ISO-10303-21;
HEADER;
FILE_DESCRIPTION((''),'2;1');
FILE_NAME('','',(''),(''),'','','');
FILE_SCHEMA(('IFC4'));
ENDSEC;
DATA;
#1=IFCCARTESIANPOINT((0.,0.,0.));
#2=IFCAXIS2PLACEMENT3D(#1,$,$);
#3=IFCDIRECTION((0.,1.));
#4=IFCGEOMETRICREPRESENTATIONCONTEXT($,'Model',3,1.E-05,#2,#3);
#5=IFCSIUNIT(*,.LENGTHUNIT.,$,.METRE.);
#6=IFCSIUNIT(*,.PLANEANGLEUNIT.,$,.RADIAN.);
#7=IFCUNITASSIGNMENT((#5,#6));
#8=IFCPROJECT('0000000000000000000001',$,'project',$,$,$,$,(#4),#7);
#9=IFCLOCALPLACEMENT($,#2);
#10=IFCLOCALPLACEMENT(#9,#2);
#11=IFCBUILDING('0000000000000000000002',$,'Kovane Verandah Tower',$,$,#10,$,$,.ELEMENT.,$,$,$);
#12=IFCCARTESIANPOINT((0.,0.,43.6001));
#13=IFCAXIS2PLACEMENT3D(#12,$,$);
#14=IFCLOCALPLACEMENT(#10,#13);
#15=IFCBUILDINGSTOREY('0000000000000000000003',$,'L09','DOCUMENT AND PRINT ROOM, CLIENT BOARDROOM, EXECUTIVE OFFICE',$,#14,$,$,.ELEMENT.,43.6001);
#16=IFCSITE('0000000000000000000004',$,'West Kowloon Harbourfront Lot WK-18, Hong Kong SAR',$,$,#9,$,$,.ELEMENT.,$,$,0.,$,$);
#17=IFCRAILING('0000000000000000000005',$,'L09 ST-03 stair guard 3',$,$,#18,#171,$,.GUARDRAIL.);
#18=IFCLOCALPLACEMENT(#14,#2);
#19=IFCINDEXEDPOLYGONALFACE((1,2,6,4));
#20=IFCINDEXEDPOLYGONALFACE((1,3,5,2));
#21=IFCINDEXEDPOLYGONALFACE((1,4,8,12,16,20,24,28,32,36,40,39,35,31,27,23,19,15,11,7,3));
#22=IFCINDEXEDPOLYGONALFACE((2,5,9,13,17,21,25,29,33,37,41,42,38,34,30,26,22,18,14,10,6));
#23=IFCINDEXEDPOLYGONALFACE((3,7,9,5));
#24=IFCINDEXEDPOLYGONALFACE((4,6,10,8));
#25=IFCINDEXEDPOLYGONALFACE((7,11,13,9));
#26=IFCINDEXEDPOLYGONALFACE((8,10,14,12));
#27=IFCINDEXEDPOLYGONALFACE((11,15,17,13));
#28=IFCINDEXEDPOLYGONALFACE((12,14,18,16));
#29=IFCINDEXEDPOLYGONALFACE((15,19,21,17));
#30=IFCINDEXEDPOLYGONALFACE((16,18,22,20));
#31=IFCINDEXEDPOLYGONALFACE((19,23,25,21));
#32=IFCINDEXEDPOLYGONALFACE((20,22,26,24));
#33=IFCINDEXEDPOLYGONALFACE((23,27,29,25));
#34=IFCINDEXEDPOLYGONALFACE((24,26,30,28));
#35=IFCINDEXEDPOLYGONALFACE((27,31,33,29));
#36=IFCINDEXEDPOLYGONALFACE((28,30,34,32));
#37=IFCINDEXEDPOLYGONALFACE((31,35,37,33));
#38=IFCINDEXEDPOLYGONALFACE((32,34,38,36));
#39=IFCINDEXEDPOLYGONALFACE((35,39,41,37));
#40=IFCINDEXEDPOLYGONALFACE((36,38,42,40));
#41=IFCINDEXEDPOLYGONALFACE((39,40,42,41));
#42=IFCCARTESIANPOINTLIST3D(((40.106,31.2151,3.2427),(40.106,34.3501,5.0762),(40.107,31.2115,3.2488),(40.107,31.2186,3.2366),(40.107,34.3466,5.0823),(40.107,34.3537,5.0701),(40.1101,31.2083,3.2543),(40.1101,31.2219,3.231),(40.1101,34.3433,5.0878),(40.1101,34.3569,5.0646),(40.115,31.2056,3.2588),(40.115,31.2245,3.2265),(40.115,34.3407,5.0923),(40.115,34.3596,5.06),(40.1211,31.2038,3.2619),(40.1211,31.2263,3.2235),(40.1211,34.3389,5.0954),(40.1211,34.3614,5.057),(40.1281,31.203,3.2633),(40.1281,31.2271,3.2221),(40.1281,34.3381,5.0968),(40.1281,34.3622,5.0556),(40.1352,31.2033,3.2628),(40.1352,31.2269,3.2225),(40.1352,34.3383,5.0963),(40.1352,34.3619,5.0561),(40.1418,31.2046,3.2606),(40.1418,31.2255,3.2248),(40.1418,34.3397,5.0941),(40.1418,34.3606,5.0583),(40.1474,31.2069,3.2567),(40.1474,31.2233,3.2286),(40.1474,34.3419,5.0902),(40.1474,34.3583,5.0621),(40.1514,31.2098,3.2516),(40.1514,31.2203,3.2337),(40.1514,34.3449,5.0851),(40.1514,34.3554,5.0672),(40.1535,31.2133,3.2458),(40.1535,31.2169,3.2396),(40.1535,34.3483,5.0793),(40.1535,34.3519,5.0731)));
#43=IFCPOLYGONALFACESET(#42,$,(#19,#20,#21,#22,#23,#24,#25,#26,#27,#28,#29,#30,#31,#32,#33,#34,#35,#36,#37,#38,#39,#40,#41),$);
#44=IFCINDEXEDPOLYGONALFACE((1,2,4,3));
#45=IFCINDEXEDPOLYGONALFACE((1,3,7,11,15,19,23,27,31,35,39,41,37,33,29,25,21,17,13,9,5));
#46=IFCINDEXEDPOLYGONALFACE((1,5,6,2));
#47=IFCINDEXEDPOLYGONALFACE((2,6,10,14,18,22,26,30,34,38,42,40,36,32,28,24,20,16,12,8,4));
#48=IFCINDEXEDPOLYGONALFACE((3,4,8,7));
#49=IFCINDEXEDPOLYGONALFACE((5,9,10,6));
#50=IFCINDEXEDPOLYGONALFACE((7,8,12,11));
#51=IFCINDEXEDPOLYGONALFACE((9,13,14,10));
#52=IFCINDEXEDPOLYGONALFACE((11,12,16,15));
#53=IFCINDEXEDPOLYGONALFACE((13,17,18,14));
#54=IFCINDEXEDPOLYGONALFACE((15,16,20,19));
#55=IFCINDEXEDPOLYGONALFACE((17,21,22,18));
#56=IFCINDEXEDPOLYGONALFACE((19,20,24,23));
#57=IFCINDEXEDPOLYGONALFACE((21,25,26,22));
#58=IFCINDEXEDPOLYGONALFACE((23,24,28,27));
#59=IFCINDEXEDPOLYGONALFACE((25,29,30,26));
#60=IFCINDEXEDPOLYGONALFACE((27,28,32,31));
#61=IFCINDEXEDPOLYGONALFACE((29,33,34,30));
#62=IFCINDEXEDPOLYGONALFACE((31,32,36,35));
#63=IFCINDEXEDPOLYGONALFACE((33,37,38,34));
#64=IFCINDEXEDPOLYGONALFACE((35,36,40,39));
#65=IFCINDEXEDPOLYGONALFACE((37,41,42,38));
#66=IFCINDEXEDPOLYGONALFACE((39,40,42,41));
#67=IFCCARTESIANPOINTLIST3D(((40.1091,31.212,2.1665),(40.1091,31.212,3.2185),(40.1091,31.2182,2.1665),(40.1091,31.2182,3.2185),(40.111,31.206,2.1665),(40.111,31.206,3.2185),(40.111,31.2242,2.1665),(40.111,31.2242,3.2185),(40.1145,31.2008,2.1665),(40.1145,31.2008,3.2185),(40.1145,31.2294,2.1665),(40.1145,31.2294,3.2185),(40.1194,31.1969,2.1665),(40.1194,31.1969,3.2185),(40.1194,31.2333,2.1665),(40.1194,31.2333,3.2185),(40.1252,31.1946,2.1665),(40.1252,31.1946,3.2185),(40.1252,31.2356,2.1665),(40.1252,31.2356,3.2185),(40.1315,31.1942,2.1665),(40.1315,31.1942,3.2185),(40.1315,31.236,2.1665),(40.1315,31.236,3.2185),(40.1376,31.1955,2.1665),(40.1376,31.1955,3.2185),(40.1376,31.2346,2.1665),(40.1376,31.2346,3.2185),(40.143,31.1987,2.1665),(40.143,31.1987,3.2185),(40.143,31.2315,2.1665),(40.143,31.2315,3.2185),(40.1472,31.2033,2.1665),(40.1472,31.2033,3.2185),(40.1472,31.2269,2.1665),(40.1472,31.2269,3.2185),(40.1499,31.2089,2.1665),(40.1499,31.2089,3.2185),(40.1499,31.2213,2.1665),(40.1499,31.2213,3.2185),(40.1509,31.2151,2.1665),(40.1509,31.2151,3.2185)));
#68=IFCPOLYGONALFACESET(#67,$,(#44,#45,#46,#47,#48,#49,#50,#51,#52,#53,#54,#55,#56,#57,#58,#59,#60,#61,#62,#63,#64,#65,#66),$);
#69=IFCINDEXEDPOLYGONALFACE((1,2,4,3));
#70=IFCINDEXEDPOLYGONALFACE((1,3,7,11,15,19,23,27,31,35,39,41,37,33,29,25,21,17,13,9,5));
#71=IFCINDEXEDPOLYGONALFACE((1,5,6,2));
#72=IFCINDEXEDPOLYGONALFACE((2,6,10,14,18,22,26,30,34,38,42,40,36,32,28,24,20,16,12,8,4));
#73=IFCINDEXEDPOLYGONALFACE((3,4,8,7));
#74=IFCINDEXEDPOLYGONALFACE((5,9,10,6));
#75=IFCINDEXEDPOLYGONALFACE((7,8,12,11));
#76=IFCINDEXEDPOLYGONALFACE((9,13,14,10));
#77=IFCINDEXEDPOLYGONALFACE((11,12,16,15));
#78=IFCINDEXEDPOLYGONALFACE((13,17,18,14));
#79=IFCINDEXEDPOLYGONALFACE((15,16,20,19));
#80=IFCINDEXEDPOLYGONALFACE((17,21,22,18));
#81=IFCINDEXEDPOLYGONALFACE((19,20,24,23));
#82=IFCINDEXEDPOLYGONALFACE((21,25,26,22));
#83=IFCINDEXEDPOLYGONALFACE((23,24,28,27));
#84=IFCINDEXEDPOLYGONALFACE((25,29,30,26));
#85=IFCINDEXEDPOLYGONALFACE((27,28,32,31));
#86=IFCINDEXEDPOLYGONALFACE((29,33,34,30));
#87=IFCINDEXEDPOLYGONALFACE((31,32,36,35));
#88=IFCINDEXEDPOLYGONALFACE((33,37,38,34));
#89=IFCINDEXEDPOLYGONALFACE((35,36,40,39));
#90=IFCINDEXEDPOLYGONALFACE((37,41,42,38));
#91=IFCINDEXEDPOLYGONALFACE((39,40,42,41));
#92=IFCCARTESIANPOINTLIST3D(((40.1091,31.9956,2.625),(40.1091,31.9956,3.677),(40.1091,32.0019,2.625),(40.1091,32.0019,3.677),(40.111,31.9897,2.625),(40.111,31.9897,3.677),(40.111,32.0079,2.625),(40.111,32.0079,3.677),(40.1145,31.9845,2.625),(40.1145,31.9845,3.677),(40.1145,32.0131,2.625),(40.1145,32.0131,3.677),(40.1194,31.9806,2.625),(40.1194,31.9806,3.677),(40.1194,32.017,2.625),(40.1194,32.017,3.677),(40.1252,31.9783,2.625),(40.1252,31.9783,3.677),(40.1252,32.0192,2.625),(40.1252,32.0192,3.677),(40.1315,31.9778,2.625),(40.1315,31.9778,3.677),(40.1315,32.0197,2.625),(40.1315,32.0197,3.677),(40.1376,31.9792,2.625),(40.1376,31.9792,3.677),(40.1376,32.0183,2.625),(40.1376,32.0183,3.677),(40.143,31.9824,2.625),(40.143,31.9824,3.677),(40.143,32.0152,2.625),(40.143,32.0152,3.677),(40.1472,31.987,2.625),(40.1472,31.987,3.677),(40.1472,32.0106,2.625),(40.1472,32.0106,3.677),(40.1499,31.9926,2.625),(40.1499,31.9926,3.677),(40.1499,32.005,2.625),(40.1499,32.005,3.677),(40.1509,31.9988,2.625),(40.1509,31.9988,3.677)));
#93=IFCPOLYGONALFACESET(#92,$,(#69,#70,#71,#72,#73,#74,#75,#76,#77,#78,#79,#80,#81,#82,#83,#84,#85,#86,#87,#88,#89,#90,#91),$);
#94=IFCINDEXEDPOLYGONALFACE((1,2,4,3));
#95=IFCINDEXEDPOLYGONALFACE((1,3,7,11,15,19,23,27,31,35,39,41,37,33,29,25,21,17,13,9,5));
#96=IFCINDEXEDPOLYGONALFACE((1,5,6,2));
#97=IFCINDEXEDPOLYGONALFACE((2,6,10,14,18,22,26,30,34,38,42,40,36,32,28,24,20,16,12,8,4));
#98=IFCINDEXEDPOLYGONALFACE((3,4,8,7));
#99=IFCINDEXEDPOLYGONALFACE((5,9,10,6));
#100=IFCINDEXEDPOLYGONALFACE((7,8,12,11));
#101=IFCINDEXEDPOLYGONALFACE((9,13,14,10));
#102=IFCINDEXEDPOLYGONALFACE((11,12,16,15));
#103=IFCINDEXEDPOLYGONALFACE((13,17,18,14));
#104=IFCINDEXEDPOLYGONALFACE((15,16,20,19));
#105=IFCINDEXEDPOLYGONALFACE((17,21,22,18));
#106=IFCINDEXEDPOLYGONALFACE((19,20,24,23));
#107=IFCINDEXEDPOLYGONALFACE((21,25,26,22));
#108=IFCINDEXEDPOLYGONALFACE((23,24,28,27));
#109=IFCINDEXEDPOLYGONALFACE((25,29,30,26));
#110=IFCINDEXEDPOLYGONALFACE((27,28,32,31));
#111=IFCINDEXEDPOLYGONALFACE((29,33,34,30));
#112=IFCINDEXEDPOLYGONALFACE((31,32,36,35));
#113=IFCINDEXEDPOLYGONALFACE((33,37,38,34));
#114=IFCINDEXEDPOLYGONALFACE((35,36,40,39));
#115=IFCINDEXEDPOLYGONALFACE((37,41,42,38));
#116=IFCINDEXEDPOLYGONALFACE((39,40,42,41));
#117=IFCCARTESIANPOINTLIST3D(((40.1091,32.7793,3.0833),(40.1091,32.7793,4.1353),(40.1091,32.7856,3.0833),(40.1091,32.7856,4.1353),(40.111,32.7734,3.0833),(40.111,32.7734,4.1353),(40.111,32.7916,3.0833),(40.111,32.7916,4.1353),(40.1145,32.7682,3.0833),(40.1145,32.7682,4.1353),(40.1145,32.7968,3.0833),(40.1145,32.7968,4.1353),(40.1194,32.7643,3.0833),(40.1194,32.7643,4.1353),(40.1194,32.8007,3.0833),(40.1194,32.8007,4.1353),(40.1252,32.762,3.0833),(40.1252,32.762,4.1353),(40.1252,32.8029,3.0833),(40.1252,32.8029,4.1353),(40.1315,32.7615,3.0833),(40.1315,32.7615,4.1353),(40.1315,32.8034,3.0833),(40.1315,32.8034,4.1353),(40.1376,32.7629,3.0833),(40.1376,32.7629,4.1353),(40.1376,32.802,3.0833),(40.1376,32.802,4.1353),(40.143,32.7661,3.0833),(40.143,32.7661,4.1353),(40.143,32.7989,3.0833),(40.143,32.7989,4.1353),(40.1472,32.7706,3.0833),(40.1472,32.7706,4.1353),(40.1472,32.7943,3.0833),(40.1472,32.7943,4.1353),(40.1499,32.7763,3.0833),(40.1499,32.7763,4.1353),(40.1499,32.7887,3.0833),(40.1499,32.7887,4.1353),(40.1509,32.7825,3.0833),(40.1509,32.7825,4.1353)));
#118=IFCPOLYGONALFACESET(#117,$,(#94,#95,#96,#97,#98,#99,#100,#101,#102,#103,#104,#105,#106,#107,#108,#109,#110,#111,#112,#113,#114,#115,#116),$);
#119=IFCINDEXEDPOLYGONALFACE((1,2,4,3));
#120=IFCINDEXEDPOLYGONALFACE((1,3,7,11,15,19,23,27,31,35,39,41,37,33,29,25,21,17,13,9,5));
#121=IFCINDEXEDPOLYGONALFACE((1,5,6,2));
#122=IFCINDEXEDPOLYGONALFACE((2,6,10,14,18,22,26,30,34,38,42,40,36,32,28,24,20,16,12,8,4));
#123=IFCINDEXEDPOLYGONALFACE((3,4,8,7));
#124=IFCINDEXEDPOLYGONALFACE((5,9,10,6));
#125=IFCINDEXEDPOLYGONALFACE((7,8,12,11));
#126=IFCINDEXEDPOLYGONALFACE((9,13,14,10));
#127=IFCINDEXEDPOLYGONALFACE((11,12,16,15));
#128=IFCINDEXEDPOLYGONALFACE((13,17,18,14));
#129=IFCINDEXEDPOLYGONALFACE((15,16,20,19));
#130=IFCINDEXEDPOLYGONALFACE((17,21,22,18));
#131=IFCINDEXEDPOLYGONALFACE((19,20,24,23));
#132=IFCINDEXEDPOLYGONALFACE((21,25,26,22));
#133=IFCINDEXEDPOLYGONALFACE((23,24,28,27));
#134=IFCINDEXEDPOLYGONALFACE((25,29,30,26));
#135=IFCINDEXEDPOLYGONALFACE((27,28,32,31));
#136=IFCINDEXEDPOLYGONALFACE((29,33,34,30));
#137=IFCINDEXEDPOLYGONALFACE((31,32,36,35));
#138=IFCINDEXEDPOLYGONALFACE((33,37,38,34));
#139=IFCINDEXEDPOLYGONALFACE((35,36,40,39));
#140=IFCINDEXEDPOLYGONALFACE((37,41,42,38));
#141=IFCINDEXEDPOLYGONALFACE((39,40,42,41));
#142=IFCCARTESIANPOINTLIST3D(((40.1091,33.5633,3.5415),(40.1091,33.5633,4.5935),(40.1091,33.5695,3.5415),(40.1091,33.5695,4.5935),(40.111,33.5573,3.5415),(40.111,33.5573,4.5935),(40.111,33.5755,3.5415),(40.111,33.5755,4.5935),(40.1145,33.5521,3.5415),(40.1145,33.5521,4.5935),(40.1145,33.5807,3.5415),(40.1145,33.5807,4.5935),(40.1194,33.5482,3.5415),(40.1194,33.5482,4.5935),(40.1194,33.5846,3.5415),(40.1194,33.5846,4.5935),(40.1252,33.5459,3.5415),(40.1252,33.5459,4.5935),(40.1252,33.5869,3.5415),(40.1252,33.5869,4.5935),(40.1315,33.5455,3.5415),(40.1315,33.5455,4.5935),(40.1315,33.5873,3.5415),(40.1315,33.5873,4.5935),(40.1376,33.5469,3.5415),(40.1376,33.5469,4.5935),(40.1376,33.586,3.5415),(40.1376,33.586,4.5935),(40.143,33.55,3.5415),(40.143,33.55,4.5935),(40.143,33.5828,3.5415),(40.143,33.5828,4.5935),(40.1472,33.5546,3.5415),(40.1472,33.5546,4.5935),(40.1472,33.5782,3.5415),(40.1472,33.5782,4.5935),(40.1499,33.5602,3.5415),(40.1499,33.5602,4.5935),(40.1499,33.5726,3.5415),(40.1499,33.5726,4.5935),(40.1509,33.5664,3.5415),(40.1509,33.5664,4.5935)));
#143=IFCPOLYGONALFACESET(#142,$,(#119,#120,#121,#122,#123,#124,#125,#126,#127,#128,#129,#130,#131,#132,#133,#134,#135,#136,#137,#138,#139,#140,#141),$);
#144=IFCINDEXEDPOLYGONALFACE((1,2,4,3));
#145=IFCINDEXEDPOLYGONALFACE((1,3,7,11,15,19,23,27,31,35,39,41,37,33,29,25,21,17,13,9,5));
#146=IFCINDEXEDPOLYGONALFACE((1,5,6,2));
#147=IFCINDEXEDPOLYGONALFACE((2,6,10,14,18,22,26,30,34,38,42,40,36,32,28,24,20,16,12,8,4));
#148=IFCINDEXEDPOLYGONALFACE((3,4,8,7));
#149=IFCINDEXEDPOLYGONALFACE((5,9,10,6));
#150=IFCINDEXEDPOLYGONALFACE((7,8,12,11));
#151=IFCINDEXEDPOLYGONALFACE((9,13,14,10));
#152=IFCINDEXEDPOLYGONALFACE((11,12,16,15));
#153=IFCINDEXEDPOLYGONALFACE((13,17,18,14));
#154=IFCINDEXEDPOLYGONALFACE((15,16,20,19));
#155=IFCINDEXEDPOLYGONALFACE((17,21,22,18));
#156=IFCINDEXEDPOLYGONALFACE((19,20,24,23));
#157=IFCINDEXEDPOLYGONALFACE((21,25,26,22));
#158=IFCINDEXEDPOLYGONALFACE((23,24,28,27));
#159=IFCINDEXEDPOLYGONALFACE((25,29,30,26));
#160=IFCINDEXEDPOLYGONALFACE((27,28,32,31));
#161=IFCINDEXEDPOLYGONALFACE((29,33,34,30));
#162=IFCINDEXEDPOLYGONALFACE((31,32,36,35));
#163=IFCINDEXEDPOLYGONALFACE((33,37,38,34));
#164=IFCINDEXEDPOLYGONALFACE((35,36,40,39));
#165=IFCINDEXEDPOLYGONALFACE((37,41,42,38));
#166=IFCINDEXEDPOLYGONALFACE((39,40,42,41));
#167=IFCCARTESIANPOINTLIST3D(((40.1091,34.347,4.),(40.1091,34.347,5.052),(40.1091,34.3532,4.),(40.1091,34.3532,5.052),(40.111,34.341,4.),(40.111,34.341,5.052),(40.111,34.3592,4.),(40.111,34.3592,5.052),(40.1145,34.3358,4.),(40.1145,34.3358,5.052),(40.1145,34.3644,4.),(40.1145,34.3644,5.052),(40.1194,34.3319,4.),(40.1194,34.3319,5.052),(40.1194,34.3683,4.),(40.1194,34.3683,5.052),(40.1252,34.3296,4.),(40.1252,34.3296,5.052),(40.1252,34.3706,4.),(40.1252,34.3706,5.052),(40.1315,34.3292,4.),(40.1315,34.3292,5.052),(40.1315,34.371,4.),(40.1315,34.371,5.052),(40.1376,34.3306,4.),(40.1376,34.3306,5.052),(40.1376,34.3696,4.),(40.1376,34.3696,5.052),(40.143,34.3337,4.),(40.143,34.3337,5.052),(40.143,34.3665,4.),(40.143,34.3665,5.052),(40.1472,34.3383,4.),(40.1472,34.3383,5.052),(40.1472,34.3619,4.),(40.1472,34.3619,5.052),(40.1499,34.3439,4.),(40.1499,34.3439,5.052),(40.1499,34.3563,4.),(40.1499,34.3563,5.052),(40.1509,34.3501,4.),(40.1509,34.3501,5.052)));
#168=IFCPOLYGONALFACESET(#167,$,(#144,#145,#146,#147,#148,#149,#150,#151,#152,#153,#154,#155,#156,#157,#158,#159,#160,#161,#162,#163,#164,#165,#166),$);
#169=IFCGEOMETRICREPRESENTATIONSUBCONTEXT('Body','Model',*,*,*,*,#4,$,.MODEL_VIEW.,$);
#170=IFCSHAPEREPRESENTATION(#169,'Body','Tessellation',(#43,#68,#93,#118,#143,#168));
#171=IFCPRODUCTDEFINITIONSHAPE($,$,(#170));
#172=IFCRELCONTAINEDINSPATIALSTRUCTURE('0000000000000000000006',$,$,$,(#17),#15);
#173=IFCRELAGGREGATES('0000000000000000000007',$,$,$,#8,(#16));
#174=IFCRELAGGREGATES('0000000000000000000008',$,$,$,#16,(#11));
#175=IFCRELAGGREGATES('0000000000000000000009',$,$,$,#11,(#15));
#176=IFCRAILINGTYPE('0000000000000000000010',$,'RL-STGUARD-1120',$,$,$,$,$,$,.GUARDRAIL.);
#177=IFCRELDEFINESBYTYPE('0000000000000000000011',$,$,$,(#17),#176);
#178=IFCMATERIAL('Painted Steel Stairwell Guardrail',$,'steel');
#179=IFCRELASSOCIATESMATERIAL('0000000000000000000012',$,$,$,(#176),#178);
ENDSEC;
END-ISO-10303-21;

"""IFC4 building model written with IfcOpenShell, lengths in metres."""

from ifc_helpers import new_model, si_unit, direction, frame, origin, origin_2d, place, context, subcontext, project, spatial, circle, extrude, material, type_object, element, save


model = new_model("IFC4")

# Units and contexts
model_context = context("Model", 3, precision=1e-05, world=origin(), true_north=direction((0.0, 1.0)))
body_context = subcontext(model_context, "Body", "Model", "MODEL_VIEW")
ifc_project = project(units=[si_unit("LENGTHUNIT", "METRE"), si_unit("PLANEANGLEUNIT", "RADIAN")], contexts=[model_context])

# Site, building, storey
site_placement = place(None, origin())
site = spatial("IfcSite", under=ifc_project, at=site_placement, Name="West Kowloon Harbourfront Lot WK-18, Hong Kong SAR", CompositionType="ELEMENT", RefElevation=0.0)
building_placement = place(site_placement, origin())
building = spatial("IfcBuilding", under=site, at=building_placement, Name="Kovane Verandah Tower", CompositionType="ELEMENT")
storey_placement = place(building_placement, frame((0.0, 0.0, 43.6001)))
storey = spatial("IfcBuildingStorey", under=building, at=storey_placement, Name="L09", Description="DOCUMENT AND PRINT ROOM, CLIENT BOARDROOM, EXECUTIVE OFFICE", CompositionType="ELEMENT", Elevation=43.6001)

# Railing
ifc_material_1 = material(Name="Painted Steel Stairwell Guardrail", Category="steel")
railing_type = type_object("IfcRailingType", Name="RL-STGUARD-1120", PredefinedType="GUARDRAIL", material=ifc_material_1)
railing_1_placement = place(storey_placement, frame((40.1299, 31.2151, 2.1665)))
element("IfcRailing", 1, at=railing_1_placement, inside=storey, type_object=railing_type, Name="L09 ST-03 stair guard 3", PredefinedType="GUARDRAIL", context=body_context, shape_type="SweptSolid", body=[
    extrude(circle(Radius=0.0239, at=origin_2d()), frame((0.0, 0.0, 1.0762), z_axis=(0.0, 0.86321, 0.504845), x_axis=(-1.0, 0.0, 0.0)), (0.0, 0.0, 1.0), 3.6318),
    extrude(circle(Radius=0.021, at=origin_2d()), origin(), (0.0, 0.0, 1.0), 1.052),
    extrude(circle(Radius=0.021, at=origin_2d()), frame((0.0, 0.7837, 0.4585)), (0.0, 0.0, 1.0), 1.052),
    extrude(circle(Radius=0.021, at=origin_2d()), frame((0.0, 1.5674, 0.9167)), (0.0, 0.0, 1.0), 1.052),
    extrude(circle(Radius=0.021, at=origin_2d()), frame((0.0, 2.3513, 1.375)), (0.0, 0.0, 1.0), 1.052),
    extrude(circle(Radius=0.021, at=origin_2d()), frame((0.0, 3.135, 1.8335)), (0.0, 0.0, 1.0), 1.052),
])

save(model, "model.ifc")
